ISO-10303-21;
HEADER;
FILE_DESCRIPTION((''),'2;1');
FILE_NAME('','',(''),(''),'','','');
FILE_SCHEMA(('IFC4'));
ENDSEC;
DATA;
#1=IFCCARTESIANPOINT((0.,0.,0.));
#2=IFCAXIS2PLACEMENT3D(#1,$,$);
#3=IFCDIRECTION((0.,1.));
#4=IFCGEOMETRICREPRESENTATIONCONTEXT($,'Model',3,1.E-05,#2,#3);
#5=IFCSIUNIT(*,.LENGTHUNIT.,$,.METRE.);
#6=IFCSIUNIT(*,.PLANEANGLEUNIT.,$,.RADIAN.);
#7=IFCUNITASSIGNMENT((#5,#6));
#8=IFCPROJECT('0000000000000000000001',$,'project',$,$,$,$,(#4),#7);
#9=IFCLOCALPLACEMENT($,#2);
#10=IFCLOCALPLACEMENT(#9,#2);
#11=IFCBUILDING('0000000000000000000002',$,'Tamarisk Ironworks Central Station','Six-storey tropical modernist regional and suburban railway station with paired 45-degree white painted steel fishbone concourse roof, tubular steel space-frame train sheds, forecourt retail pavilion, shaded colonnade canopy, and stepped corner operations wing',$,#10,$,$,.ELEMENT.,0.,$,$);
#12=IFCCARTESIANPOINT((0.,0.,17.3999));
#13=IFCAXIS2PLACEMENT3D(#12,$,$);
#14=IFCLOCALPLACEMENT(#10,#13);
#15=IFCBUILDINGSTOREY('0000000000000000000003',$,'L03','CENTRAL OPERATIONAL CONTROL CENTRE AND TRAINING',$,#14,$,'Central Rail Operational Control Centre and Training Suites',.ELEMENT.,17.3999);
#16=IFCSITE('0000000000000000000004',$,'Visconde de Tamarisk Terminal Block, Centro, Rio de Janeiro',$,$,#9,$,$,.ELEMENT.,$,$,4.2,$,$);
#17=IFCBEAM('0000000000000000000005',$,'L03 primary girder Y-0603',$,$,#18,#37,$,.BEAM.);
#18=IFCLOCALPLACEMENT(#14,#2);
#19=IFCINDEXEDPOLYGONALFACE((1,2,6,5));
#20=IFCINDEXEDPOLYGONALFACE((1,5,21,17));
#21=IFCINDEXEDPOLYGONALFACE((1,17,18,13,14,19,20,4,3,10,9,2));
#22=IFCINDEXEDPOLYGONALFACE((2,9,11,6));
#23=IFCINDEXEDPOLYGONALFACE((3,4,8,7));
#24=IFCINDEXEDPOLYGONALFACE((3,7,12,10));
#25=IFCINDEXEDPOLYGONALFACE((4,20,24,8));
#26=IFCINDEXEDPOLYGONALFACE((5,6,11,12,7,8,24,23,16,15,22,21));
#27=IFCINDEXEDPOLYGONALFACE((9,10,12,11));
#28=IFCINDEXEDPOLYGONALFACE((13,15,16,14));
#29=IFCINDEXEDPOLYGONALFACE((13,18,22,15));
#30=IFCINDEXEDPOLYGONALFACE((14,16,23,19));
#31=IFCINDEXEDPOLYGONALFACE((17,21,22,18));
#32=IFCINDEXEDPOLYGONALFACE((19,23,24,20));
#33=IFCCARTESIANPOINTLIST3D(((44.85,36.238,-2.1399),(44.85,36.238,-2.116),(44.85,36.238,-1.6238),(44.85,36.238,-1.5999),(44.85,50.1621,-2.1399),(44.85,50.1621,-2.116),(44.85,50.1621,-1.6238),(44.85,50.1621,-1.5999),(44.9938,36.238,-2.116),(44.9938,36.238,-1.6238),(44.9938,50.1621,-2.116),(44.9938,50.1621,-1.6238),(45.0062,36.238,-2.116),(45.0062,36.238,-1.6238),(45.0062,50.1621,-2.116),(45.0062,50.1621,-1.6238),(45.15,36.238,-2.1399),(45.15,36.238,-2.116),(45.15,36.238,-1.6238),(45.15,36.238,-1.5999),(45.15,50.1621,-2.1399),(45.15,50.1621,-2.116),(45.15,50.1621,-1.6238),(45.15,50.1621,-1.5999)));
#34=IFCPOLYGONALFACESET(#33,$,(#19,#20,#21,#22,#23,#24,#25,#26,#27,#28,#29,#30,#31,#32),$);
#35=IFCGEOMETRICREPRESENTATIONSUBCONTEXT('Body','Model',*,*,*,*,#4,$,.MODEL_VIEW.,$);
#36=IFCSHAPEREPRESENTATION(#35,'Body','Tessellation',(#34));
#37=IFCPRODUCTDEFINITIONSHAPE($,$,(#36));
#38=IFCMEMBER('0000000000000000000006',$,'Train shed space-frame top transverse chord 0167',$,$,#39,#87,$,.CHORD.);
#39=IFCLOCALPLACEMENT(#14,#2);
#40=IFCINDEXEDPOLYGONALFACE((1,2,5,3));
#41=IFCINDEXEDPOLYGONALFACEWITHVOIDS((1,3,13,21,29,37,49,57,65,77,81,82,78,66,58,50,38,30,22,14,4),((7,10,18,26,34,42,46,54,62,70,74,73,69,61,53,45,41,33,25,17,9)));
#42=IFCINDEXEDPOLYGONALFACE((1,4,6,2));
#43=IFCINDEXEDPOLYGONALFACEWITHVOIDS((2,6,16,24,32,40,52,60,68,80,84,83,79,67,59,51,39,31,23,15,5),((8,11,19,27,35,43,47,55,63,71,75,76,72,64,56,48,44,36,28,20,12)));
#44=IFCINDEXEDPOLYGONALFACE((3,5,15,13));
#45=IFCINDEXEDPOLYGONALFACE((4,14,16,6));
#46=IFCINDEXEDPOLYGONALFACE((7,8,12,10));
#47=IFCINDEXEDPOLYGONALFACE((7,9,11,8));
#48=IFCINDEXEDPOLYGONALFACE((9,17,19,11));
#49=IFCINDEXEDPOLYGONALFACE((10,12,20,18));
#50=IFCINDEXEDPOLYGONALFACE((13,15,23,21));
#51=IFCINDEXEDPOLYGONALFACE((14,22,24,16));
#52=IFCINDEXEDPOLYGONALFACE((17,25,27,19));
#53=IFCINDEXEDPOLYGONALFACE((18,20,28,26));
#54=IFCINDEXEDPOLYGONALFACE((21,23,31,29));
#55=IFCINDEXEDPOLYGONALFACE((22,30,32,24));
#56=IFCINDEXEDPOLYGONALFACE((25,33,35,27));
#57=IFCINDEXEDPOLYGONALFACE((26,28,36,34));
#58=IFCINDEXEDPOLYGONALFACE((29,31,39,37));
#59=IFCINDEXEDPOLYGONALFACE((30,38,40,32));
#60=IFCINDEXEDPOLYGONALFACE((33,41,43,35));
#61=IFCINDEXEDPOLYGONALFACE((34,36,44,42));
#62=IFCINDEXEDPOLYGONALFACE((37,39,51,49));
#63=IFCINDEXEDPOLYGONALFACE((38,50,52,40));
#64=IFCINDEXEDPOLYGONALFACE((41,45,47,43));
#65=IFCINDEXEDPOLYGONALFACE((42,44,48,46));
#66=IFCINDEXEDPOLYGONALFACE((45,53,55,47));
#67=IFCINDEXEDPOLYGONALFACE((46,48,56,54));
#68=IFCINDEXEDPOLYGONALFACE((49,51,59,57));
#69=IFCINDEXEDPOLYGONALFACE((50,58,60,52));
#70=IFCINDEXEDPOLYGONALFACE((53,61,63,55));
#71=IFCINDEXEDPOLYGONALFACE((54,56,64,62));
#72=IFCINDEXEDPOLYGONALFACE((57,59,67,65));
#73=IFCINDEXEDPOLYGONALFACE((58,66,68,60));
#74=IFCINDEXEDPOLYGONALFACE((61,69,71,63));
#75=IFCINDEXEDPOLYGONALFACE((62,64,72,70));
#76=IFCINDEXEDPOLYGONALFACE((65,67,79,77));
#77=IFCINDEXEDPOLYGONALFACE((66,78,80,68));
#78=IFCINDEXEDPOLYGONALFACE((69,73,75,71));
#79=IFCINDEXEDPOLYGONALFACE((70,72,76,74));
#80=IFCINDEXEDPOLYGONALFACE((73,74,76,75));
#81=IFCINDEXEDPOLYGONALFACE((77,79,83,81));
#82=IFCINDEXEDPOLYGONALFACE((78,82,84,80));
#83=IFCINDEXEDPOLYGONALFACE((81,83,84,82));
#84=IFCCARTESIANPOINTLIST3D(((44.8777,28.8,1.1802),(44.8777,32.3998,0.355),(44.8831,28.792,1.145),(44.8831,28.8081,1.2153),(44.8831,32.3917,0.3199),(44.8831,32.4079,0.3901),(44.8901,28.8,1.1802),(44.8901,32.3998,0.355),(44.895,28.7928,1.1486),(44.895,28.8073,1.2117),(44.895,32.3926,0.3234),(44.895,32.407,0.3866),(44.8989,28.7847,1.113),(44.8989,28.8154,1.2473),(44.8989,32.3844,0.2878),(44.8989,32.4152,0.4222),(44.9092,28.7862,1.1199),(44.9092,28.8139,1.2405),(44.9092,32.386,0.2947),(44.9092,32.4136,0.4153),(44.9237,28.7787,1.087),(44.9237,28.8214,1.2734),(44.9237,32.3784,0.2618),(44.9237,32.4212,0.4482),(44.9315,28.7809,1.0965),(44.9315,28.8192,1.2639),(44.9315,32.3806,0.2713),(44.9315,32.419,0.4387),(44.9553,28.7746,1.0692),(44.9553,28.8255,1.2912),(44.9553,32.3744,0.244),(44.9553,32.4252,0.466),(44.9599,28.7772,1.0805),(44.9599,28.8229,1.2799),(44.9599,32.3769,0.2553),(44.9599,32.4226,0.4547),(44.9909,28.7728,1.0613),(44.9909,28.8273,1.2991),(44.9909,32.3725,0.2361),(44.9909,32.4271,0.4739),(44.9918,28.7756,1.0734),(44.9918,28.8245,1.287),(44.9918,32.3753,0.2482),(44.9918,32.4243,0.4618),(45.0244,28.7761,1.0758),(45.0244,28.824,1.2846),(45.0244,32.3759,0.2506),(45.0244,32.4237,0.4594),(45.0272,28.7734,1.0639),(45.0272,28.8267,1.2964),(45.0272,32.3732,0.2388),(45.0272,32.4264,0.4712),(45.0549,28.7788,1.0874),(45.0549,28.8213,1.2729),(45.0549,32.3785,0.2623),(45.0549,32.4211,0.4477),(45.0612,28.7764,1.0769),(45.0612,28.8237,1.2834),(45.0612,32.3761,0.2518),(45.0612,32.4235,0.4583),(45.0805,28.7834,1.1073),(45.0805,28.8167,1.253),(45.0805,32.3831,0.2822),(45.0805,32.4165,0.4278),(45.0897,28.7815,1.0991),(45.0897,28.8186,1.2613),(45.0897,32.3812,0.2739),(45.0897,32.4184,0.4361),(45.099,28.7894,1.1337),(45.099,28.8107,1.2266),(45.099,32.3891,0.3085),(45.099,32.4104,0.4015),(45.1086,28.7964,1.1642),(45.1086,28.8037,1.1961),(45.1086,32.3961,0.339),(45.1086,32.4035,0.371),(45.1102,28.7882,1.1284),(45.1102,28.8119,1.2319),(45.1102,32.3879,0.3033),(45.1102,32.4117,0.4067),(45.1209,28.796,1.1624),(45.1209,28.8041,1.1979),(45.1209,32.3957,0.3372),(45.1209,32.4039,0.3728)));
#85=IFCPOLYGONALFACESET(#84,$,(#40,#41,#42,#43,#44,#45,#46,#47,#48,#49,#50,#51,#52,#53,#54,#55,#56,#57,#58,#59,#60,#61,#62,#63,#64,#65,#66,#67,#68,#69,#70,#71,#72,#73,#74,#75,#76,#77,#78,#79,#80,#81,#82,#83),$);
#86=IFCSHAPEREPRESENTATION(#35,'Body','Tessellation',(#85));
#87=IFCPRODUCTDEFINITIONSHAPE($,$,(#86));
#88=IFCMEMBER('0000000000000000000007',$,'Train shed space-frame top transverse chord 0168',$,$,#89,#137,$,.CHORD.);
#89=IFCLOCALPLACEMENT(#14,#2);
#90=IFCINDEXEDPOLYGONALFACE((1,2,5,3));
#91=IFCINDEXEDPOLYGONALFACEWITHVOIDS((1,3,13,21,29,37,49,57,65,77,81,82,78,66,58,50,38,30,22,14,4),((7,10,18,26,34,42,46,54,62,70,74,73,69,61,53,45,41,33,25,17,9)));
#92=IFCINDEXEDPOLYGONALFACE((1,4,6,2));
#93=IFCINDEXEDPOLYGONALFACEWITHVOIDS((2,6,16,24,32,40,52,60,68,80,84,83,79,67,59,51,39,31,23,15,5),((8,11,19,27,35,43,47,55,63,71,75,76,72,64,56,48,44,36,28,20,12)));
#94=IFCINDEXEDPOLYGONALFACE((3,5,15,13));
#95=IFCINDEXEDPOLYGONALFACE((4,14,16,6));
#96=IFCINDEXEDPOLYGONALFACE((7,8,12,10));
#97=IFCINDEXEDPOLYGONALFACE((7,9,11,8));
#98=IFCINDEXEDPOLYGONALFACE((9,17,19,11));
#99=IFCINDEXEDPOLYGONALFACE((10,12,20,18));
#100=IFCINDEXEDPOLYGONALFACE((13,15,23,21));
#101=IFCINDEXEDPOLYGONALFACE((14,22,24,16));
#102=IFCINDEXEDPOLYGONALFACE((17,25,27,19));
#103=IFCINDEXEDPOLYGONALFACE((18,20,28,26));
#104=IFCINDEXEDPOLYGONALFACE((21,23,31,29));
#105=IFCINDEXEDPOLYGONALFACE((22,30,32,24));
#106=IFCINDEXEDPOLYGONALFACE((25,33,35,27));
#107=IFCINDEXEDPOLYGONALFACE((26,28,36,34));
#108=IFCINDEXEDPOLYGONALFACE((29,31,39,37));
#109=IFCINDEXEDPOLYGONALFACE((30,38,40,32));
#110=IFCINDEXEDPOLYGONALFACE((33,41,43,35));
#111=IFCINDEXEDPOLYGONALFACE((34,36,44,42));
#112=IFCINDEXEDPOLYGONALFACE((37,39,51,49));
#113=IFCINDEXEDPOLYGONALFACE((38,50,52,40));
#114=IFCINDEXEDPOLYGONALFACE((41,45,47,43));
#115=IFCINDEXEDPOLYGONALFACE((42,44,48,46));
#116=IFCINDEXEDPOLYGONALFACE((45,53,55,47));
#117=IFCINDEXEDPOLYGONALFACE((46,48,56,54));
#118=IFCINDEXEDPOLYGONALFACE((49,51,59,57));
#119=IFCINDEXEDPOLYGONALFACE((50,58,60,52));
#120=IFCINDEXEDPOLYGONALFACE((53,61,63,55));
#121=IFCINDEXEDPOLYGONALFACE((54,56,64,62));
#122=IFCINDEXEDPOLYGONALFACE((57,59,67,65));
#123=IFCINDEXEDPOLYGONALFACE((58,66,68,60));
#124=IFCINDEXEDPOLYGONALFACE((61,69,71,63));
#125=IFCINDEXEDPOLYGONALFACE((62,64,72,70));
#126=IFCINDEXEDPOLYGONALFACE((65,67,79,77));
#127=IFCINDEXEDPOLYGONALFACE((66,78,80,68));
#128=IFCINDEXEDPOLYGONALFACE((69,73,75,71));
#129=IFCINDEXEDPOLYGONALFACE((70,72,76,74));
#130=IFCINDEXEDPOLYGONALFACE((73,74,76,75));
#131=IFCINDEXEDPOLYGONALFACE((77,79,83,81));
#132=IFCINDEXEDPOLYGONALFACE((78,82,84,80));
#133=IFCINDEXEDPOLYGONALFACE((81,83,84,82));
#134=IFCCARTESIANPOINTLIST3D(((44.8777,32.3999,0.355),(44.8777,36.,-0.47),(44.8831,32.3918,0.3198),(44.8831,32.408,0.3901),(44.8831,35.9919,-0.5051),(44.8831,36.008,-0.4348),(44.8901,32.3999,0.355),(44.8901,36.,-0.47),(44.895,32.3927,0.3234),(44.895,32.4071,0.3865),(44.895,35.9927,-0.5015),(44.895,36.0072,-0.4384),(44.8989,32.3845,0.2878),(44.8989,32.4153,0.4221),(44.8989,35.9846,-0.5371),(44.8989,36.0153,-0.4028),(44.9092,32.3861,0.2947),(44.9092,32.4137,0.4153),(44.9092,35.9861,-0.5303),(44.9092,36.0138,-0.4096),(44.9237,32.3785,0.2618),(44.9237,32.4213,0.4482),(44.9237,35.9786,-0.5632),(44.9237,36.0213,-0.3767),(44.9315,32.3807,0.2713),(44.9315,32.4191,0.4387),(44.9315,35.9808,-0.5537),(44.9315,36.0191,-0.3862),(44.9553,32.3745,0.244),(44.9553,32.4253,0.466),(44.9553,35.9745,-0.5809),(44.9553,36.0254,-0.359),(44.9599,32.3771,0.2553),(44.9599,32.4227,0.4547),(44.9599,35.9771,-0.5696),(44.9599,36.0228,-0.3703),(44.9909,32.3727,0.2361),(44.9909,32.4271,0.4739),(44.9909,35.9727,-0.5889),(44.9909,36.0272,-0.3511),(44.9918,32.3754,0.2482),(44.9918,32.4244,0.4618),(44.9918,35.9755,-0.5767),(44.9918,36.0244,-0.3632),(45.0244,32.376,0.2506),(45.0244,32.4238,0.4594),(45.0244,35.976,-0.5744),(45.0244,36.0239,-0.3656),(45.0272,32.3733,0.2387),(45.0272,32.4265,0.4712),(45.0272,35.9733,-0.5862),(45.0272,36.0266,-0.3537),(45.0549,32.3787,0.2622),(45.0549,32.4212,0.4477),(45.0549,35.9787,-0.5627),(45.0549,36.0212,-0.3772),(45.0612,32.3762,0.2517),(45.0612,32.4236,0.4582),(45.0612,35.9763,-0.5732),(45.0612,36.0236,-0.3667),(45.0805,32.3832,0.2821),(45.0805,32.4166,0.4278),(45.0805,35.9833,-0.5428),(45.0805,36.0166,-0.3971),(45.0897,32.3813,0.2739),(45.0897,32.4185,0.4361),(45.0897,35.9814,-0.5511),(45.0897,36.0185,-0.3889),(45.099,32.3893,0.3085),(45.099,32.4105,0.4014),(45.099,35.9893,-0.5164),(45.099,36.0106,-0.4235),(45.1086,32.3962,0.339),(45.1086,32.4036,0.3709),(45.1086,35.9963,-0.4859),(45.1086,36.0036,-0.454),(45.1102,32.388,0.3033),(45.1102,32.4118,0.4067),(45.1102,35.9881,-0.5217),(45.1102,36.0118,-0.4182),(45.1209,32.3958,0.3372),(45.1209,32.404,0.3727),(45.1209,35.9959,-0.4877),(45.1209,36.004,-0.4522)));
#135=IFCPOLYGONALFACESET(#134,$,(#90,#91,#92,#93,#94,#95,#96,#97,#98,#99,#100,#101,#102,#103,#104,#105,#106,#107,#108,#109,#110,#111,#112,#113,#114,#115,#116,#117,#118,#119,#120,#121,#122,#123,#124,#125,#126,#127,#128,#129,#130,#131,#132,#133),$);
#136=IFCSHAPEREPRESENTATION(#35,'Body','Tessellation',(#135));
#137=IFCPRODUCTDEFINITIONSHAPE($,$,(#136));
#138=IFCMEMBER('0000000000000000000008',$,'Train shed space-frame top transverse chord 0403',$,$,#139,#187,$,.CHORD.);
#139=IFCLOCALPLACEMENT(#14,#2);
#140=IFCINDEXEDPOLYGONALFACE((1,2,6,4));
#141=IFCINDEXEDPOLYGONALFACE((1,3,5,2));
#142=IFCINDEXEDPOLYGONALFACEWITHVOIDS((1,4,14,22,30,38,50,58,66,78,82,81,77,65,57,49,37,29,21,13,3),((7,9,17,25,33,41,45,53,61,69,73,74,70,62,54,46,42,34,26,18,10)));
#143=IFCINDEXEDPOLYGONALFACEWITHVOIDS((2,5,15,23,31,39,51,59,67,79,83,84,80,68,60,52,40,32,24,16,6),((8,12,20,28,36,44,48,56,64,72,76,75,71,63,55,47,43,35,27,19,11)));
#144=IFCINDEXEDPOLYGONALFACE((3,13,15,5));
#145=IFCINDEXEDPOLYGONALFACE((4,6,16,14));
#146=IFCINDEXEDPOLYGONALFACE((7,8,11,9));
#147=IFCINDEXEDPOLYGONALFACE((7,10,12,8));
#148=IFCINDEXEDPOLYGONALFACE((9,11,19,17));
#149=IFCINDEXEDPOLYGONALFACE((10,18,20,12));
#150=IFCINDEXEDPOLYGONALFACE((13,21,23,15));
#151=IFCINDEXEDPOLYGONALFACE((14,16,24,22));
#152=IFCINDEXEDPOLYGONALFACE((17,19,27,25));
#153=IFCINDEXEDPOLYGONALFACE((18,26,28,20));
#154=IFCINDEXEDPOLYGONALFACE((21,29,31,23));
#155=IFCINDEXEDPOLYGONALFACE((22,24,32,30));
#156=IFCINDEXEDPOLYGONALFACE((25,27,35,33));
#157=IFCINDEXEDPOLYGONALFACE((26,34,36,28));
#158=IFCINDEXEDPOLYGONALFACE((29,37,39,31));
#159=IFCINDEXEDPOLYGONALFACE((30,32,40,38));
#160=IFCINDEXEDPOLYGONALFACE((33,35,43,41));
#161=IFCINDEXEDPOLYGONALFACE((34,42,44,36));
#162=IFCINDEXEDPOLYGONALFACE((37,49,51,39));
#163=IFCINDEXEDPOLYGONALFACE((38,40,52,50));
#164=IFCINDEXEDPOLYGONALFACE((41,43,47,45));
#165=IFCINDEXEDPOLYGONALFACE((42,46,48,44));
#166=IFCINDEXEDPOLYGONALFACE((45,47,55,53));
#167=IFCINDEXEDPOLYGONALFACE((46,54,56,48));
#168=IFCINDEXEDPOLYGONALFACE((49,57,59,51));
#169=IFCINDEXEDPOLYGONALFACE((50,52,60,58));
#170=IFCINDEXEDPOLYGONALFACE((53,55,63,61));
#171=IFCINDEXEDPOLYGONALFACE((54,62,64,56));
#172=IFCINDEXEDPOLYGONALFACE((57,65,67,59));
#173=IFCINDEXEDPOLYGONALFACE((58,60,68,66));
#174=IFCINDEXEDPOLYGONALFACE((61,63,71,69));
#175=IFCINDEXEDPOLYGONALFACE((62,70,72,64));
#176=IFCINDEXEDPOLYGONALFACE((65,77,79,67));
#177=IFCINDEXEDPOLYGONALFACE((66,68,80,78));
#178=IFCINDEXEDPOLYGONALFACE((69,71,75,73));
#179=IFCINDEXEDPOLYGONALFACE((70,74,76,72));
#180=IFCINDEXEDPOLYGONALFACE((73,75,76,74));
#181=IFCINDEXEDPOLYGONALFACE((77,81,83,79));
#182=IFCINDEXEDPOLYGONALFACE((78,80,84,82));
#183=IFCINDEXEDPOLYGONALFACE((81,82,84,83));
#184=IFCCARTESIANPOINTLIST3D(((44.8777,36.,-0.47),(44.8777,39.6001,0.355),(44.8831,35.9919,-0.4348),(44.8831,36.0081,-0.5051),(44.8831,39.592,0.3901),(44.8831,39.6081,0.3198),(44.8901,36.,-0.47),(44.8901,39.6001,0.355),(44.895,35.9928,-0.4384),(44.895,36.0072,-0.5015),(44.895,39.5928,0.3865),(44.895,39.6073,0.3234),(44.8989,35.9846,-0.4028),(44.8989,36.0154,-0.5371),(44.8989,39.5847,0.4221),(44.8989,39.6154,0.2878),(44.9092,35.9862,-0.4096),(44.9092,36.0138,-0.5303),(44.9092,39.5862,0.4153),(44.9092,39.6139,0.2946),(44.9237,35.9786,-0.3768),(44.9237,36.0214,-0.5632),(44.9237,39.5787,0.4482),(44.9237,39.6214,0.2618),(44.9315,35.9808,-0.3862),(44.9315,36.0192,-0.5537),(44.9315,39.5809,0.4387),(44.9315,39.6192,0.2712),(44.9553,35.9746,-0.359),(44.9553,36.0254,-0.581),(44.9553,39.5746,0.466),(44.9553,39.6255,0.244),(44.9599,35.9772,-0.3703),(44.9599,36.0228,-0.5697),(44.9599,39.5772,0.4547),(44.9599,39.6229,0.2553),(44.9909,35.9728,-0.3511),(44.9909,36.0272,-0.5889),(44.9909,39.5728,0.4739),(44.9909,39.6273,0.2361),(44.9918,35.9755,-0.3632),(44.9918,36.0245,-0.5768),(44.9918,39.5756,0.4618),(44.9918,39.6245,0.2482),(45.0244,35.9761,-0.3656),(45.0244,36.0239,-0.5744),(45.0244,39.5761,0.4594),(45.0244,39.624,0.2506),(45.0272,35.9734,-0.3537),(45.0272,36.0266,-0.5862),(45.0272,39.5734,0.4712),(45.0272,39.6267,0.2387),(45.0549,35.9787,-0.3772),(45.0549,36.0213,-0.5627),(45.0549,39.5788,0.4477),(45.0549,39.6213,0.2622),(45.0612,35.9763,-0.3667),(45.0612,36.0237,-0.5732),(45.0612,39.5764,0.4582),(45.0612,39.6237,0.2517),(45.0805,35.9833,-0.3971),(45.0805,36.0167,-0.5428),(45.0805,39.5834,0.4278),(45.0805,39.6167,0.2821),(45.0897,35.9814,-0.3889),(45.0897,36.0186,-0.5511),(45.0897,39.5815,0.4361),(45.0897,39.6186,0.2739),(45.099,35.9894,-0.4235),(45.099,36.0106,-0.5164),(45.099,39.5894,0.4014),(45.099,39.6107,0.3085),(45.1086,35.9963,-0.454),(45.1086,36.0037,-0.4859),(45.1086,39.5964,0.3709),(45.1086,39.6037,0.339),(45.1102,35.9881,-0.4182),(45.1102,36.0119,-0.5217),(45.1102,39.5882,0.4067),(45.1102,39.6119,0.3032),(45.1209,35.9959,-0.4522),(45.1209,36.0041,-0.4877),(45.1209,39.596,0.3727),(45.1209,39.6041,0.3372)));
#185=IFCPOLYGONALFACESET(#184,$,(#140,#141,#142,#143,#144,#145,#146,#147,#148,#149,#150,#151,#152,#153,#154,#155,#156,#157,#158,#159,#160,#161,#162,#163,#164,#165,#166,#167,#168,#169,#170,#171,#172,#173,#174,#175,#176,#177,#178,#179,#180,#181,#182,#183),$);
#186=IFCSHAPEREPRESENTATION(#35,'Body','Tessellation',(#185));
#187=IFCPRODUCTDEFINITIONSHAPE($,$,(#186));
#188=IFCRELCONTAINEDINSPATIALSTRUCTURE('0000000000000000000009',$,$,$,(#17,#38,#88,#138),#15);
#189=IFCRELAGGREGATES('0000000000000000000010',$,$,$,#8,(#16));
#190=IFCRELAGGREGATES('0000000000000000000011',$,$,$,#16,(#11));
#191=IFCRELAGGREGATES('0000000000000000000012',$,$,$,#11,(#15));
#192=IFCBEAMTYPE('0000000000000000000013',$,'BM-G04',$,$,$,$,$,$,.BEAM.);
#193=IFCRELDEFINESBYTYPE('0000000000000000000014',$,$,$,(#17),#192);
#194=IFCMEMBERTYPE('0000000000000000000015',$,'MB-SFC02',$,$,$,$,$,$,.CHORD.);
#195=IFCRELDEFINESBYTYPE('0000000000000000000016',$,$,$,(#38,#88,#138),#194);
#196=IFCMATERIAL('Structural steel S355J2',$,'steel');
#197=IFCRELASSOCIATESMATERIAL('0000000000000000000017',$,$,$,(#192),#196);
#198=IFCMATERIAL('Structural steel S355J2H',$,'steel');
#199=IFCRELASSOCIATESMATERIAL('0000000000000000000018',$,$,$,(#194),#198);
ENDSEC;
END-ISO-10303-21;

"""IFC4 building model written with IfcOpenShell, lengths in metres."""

from ifc_helpers import new_model, si_unit, direction, frame, origin, origin_2d, place, context, subcontext, project, spatial, hollow_circle, i_section, extrude, material, material_profile, profile_set, type_object, element, save


model = new_model("IFC4")

# Units and contexts
model_context = context("Model", 3, precision=1e-05, world=origin(), true_north=direction((0.0, 1.0)))
body_context = subcontext(model_context, "Body", "Model", "MODEL_VIEW")
ifc_project = project(units=[si_unit("LENGTHUNIT", "METRE"), si_unit("PLANEANGLEUNIT", "RADIAN")], contexts=[model_context])

# Site, building, storey
site_placement = place(None, origin())
site = spatial("IfcSite", under=ifc_project, at=site_placement, Name="Visconde de Tamarisk Terminal Block, Centro, Rio de Janeiro", CompositionType="ELEMENT", RefElevation=4.2)
building_placement = place(site_placement, origin())
building = spatial("IfcBuilding", under=site, at=building_placement, Name="Tamarisk Ironworks Central Station", Description="Six-storey tropical modernist regional and suburban railway station with paired 45-degree white painted steel fishbone concourse roof, tubular steel space-frame train sheds, forecourt retail pavilion, shaded colonnade canopy, and stepped corner operations wing", CompositionType="ELEMENT", ElevationOfRefHeight=0.0)
storey_placement = place(building_placement, frame((0.0, 0.0, 17.3999)))
storey = spatial("IfcBuildingStorey", under=building, at=storey_placement, Name="L03", Description="CENTRAL OPERATIONAL CONTROL CENTRE AND TRAINING", LongName="Central Rail Operational Control Centre and Training Suites", CompositionType="ELEMENT", Elevation=17.3999)

# Beam
ifc_material_1 = material(Name="Structural steel S355J2", Category="steel")
ifc_material_profile_1 = material_profile(ifc_material_1, i_section(OverallWidth=0.3, OverallDepth=0.54, WebThickness=0.0125, FlangeThickness=0.0239, at=origin_2d()), Name="HEA 550")
ifc_profile_set_1 = profile_set([ifc_material_profile_1], Name="Structural steel S355J2")
beam_type = type_object("IfcBeamType", Name="BM-G04", PredefinedType="BEAM", material=ifc_profile_set_1)
beam_placement = place(storey_placement, frame((45.0, 36.238, -1.8699), z_axis=(0.0, 1.0, 0.0), x_axis=(-1.0, 0.0, 0.0)))
element("IfcBeam", 1, at=beam_placement, inside=storey, type_object=beam_type, Name="L03 primary girder Y-0603", PredefinedType="BEAM", context=body_context, shape_type="SweptSolid", body=[
    extrude(i_section(OverallWidth=0.3, OverallDepth=0.54, WebThickness=0.0125, FlangeThickness=0.0239, at=origin_2d()), origin(), (0.0, 0.0, 1.0), 13.9241),
])

# Members
ifc_material_2 = material(Name="Structural steel S355J2H", Category="steel")
ifc_material_profile_2 = material_profile(ifc_material_2, hollow_circle(Radius=0.1223, WallThickness=0.0125, at=origin_2d()), Name="CHS 244.5x12.5")
ifc_profile_set_2 = profile_set([ifc_material_profile_2], Name="Structural steel S355J2H")
member_type_1 = type_object("IfcMemberType", Name="MB-SFC02", PredefinedType="CHORD", material=ifc_profile_set_2)
member_1_placement = place(storey_placement, frame((45.0, 28.8, 1.1802), z_axis=(0.0, 0.974719, -0.223435), x_axis=(-1.0, 0.0, 0.0)))
element("IfcMember", 2, at=member_1_placement, inside=storey, type_object=member_type_1, Name="Train shed space-frame top transverse chord 0167", PredefinedType="CHORD", context=body_context, shape_type="SweptSolid", body=[
    extrude(hollow_circle(Radius=0.1223, WallThickness=0.0125, at=origin_2d()), origin(), (0.0, 0.0, 1.0), 3.6931),
])
for number, where, z_axis, x_axis, name in (
    (3, (45.0, 32.3999, 0.355), (0.0, 0.974737, -0.223358), (-1.0, 0.0, 0.0), "Train shed space-frame top transverse chord 0168"),
    (4, (45.0, 36.0, -0.47), (0.0, 0.974737, 0.223358), (-1.0, 0.0, 0.0), "Train shed space-frame top transverse chord 0403"),
):
    element("IfcMember", number, at=place(storey_placement, frame(where, z_axis=z_axis, x_axis=x_axis)), inside=storey, type_object=member_type_1, Name=name, PredefinedType="CHORD", context=body_context, shape_type="SweptSolid", body=[
        extrude(hollow_circle(Radius=0.1223, WallThickness=0.0125, at=origin_2d()), origin(), (0.0, 0.0, 1.0), 3.6934),
    ])

save(model, "model.ifc")
